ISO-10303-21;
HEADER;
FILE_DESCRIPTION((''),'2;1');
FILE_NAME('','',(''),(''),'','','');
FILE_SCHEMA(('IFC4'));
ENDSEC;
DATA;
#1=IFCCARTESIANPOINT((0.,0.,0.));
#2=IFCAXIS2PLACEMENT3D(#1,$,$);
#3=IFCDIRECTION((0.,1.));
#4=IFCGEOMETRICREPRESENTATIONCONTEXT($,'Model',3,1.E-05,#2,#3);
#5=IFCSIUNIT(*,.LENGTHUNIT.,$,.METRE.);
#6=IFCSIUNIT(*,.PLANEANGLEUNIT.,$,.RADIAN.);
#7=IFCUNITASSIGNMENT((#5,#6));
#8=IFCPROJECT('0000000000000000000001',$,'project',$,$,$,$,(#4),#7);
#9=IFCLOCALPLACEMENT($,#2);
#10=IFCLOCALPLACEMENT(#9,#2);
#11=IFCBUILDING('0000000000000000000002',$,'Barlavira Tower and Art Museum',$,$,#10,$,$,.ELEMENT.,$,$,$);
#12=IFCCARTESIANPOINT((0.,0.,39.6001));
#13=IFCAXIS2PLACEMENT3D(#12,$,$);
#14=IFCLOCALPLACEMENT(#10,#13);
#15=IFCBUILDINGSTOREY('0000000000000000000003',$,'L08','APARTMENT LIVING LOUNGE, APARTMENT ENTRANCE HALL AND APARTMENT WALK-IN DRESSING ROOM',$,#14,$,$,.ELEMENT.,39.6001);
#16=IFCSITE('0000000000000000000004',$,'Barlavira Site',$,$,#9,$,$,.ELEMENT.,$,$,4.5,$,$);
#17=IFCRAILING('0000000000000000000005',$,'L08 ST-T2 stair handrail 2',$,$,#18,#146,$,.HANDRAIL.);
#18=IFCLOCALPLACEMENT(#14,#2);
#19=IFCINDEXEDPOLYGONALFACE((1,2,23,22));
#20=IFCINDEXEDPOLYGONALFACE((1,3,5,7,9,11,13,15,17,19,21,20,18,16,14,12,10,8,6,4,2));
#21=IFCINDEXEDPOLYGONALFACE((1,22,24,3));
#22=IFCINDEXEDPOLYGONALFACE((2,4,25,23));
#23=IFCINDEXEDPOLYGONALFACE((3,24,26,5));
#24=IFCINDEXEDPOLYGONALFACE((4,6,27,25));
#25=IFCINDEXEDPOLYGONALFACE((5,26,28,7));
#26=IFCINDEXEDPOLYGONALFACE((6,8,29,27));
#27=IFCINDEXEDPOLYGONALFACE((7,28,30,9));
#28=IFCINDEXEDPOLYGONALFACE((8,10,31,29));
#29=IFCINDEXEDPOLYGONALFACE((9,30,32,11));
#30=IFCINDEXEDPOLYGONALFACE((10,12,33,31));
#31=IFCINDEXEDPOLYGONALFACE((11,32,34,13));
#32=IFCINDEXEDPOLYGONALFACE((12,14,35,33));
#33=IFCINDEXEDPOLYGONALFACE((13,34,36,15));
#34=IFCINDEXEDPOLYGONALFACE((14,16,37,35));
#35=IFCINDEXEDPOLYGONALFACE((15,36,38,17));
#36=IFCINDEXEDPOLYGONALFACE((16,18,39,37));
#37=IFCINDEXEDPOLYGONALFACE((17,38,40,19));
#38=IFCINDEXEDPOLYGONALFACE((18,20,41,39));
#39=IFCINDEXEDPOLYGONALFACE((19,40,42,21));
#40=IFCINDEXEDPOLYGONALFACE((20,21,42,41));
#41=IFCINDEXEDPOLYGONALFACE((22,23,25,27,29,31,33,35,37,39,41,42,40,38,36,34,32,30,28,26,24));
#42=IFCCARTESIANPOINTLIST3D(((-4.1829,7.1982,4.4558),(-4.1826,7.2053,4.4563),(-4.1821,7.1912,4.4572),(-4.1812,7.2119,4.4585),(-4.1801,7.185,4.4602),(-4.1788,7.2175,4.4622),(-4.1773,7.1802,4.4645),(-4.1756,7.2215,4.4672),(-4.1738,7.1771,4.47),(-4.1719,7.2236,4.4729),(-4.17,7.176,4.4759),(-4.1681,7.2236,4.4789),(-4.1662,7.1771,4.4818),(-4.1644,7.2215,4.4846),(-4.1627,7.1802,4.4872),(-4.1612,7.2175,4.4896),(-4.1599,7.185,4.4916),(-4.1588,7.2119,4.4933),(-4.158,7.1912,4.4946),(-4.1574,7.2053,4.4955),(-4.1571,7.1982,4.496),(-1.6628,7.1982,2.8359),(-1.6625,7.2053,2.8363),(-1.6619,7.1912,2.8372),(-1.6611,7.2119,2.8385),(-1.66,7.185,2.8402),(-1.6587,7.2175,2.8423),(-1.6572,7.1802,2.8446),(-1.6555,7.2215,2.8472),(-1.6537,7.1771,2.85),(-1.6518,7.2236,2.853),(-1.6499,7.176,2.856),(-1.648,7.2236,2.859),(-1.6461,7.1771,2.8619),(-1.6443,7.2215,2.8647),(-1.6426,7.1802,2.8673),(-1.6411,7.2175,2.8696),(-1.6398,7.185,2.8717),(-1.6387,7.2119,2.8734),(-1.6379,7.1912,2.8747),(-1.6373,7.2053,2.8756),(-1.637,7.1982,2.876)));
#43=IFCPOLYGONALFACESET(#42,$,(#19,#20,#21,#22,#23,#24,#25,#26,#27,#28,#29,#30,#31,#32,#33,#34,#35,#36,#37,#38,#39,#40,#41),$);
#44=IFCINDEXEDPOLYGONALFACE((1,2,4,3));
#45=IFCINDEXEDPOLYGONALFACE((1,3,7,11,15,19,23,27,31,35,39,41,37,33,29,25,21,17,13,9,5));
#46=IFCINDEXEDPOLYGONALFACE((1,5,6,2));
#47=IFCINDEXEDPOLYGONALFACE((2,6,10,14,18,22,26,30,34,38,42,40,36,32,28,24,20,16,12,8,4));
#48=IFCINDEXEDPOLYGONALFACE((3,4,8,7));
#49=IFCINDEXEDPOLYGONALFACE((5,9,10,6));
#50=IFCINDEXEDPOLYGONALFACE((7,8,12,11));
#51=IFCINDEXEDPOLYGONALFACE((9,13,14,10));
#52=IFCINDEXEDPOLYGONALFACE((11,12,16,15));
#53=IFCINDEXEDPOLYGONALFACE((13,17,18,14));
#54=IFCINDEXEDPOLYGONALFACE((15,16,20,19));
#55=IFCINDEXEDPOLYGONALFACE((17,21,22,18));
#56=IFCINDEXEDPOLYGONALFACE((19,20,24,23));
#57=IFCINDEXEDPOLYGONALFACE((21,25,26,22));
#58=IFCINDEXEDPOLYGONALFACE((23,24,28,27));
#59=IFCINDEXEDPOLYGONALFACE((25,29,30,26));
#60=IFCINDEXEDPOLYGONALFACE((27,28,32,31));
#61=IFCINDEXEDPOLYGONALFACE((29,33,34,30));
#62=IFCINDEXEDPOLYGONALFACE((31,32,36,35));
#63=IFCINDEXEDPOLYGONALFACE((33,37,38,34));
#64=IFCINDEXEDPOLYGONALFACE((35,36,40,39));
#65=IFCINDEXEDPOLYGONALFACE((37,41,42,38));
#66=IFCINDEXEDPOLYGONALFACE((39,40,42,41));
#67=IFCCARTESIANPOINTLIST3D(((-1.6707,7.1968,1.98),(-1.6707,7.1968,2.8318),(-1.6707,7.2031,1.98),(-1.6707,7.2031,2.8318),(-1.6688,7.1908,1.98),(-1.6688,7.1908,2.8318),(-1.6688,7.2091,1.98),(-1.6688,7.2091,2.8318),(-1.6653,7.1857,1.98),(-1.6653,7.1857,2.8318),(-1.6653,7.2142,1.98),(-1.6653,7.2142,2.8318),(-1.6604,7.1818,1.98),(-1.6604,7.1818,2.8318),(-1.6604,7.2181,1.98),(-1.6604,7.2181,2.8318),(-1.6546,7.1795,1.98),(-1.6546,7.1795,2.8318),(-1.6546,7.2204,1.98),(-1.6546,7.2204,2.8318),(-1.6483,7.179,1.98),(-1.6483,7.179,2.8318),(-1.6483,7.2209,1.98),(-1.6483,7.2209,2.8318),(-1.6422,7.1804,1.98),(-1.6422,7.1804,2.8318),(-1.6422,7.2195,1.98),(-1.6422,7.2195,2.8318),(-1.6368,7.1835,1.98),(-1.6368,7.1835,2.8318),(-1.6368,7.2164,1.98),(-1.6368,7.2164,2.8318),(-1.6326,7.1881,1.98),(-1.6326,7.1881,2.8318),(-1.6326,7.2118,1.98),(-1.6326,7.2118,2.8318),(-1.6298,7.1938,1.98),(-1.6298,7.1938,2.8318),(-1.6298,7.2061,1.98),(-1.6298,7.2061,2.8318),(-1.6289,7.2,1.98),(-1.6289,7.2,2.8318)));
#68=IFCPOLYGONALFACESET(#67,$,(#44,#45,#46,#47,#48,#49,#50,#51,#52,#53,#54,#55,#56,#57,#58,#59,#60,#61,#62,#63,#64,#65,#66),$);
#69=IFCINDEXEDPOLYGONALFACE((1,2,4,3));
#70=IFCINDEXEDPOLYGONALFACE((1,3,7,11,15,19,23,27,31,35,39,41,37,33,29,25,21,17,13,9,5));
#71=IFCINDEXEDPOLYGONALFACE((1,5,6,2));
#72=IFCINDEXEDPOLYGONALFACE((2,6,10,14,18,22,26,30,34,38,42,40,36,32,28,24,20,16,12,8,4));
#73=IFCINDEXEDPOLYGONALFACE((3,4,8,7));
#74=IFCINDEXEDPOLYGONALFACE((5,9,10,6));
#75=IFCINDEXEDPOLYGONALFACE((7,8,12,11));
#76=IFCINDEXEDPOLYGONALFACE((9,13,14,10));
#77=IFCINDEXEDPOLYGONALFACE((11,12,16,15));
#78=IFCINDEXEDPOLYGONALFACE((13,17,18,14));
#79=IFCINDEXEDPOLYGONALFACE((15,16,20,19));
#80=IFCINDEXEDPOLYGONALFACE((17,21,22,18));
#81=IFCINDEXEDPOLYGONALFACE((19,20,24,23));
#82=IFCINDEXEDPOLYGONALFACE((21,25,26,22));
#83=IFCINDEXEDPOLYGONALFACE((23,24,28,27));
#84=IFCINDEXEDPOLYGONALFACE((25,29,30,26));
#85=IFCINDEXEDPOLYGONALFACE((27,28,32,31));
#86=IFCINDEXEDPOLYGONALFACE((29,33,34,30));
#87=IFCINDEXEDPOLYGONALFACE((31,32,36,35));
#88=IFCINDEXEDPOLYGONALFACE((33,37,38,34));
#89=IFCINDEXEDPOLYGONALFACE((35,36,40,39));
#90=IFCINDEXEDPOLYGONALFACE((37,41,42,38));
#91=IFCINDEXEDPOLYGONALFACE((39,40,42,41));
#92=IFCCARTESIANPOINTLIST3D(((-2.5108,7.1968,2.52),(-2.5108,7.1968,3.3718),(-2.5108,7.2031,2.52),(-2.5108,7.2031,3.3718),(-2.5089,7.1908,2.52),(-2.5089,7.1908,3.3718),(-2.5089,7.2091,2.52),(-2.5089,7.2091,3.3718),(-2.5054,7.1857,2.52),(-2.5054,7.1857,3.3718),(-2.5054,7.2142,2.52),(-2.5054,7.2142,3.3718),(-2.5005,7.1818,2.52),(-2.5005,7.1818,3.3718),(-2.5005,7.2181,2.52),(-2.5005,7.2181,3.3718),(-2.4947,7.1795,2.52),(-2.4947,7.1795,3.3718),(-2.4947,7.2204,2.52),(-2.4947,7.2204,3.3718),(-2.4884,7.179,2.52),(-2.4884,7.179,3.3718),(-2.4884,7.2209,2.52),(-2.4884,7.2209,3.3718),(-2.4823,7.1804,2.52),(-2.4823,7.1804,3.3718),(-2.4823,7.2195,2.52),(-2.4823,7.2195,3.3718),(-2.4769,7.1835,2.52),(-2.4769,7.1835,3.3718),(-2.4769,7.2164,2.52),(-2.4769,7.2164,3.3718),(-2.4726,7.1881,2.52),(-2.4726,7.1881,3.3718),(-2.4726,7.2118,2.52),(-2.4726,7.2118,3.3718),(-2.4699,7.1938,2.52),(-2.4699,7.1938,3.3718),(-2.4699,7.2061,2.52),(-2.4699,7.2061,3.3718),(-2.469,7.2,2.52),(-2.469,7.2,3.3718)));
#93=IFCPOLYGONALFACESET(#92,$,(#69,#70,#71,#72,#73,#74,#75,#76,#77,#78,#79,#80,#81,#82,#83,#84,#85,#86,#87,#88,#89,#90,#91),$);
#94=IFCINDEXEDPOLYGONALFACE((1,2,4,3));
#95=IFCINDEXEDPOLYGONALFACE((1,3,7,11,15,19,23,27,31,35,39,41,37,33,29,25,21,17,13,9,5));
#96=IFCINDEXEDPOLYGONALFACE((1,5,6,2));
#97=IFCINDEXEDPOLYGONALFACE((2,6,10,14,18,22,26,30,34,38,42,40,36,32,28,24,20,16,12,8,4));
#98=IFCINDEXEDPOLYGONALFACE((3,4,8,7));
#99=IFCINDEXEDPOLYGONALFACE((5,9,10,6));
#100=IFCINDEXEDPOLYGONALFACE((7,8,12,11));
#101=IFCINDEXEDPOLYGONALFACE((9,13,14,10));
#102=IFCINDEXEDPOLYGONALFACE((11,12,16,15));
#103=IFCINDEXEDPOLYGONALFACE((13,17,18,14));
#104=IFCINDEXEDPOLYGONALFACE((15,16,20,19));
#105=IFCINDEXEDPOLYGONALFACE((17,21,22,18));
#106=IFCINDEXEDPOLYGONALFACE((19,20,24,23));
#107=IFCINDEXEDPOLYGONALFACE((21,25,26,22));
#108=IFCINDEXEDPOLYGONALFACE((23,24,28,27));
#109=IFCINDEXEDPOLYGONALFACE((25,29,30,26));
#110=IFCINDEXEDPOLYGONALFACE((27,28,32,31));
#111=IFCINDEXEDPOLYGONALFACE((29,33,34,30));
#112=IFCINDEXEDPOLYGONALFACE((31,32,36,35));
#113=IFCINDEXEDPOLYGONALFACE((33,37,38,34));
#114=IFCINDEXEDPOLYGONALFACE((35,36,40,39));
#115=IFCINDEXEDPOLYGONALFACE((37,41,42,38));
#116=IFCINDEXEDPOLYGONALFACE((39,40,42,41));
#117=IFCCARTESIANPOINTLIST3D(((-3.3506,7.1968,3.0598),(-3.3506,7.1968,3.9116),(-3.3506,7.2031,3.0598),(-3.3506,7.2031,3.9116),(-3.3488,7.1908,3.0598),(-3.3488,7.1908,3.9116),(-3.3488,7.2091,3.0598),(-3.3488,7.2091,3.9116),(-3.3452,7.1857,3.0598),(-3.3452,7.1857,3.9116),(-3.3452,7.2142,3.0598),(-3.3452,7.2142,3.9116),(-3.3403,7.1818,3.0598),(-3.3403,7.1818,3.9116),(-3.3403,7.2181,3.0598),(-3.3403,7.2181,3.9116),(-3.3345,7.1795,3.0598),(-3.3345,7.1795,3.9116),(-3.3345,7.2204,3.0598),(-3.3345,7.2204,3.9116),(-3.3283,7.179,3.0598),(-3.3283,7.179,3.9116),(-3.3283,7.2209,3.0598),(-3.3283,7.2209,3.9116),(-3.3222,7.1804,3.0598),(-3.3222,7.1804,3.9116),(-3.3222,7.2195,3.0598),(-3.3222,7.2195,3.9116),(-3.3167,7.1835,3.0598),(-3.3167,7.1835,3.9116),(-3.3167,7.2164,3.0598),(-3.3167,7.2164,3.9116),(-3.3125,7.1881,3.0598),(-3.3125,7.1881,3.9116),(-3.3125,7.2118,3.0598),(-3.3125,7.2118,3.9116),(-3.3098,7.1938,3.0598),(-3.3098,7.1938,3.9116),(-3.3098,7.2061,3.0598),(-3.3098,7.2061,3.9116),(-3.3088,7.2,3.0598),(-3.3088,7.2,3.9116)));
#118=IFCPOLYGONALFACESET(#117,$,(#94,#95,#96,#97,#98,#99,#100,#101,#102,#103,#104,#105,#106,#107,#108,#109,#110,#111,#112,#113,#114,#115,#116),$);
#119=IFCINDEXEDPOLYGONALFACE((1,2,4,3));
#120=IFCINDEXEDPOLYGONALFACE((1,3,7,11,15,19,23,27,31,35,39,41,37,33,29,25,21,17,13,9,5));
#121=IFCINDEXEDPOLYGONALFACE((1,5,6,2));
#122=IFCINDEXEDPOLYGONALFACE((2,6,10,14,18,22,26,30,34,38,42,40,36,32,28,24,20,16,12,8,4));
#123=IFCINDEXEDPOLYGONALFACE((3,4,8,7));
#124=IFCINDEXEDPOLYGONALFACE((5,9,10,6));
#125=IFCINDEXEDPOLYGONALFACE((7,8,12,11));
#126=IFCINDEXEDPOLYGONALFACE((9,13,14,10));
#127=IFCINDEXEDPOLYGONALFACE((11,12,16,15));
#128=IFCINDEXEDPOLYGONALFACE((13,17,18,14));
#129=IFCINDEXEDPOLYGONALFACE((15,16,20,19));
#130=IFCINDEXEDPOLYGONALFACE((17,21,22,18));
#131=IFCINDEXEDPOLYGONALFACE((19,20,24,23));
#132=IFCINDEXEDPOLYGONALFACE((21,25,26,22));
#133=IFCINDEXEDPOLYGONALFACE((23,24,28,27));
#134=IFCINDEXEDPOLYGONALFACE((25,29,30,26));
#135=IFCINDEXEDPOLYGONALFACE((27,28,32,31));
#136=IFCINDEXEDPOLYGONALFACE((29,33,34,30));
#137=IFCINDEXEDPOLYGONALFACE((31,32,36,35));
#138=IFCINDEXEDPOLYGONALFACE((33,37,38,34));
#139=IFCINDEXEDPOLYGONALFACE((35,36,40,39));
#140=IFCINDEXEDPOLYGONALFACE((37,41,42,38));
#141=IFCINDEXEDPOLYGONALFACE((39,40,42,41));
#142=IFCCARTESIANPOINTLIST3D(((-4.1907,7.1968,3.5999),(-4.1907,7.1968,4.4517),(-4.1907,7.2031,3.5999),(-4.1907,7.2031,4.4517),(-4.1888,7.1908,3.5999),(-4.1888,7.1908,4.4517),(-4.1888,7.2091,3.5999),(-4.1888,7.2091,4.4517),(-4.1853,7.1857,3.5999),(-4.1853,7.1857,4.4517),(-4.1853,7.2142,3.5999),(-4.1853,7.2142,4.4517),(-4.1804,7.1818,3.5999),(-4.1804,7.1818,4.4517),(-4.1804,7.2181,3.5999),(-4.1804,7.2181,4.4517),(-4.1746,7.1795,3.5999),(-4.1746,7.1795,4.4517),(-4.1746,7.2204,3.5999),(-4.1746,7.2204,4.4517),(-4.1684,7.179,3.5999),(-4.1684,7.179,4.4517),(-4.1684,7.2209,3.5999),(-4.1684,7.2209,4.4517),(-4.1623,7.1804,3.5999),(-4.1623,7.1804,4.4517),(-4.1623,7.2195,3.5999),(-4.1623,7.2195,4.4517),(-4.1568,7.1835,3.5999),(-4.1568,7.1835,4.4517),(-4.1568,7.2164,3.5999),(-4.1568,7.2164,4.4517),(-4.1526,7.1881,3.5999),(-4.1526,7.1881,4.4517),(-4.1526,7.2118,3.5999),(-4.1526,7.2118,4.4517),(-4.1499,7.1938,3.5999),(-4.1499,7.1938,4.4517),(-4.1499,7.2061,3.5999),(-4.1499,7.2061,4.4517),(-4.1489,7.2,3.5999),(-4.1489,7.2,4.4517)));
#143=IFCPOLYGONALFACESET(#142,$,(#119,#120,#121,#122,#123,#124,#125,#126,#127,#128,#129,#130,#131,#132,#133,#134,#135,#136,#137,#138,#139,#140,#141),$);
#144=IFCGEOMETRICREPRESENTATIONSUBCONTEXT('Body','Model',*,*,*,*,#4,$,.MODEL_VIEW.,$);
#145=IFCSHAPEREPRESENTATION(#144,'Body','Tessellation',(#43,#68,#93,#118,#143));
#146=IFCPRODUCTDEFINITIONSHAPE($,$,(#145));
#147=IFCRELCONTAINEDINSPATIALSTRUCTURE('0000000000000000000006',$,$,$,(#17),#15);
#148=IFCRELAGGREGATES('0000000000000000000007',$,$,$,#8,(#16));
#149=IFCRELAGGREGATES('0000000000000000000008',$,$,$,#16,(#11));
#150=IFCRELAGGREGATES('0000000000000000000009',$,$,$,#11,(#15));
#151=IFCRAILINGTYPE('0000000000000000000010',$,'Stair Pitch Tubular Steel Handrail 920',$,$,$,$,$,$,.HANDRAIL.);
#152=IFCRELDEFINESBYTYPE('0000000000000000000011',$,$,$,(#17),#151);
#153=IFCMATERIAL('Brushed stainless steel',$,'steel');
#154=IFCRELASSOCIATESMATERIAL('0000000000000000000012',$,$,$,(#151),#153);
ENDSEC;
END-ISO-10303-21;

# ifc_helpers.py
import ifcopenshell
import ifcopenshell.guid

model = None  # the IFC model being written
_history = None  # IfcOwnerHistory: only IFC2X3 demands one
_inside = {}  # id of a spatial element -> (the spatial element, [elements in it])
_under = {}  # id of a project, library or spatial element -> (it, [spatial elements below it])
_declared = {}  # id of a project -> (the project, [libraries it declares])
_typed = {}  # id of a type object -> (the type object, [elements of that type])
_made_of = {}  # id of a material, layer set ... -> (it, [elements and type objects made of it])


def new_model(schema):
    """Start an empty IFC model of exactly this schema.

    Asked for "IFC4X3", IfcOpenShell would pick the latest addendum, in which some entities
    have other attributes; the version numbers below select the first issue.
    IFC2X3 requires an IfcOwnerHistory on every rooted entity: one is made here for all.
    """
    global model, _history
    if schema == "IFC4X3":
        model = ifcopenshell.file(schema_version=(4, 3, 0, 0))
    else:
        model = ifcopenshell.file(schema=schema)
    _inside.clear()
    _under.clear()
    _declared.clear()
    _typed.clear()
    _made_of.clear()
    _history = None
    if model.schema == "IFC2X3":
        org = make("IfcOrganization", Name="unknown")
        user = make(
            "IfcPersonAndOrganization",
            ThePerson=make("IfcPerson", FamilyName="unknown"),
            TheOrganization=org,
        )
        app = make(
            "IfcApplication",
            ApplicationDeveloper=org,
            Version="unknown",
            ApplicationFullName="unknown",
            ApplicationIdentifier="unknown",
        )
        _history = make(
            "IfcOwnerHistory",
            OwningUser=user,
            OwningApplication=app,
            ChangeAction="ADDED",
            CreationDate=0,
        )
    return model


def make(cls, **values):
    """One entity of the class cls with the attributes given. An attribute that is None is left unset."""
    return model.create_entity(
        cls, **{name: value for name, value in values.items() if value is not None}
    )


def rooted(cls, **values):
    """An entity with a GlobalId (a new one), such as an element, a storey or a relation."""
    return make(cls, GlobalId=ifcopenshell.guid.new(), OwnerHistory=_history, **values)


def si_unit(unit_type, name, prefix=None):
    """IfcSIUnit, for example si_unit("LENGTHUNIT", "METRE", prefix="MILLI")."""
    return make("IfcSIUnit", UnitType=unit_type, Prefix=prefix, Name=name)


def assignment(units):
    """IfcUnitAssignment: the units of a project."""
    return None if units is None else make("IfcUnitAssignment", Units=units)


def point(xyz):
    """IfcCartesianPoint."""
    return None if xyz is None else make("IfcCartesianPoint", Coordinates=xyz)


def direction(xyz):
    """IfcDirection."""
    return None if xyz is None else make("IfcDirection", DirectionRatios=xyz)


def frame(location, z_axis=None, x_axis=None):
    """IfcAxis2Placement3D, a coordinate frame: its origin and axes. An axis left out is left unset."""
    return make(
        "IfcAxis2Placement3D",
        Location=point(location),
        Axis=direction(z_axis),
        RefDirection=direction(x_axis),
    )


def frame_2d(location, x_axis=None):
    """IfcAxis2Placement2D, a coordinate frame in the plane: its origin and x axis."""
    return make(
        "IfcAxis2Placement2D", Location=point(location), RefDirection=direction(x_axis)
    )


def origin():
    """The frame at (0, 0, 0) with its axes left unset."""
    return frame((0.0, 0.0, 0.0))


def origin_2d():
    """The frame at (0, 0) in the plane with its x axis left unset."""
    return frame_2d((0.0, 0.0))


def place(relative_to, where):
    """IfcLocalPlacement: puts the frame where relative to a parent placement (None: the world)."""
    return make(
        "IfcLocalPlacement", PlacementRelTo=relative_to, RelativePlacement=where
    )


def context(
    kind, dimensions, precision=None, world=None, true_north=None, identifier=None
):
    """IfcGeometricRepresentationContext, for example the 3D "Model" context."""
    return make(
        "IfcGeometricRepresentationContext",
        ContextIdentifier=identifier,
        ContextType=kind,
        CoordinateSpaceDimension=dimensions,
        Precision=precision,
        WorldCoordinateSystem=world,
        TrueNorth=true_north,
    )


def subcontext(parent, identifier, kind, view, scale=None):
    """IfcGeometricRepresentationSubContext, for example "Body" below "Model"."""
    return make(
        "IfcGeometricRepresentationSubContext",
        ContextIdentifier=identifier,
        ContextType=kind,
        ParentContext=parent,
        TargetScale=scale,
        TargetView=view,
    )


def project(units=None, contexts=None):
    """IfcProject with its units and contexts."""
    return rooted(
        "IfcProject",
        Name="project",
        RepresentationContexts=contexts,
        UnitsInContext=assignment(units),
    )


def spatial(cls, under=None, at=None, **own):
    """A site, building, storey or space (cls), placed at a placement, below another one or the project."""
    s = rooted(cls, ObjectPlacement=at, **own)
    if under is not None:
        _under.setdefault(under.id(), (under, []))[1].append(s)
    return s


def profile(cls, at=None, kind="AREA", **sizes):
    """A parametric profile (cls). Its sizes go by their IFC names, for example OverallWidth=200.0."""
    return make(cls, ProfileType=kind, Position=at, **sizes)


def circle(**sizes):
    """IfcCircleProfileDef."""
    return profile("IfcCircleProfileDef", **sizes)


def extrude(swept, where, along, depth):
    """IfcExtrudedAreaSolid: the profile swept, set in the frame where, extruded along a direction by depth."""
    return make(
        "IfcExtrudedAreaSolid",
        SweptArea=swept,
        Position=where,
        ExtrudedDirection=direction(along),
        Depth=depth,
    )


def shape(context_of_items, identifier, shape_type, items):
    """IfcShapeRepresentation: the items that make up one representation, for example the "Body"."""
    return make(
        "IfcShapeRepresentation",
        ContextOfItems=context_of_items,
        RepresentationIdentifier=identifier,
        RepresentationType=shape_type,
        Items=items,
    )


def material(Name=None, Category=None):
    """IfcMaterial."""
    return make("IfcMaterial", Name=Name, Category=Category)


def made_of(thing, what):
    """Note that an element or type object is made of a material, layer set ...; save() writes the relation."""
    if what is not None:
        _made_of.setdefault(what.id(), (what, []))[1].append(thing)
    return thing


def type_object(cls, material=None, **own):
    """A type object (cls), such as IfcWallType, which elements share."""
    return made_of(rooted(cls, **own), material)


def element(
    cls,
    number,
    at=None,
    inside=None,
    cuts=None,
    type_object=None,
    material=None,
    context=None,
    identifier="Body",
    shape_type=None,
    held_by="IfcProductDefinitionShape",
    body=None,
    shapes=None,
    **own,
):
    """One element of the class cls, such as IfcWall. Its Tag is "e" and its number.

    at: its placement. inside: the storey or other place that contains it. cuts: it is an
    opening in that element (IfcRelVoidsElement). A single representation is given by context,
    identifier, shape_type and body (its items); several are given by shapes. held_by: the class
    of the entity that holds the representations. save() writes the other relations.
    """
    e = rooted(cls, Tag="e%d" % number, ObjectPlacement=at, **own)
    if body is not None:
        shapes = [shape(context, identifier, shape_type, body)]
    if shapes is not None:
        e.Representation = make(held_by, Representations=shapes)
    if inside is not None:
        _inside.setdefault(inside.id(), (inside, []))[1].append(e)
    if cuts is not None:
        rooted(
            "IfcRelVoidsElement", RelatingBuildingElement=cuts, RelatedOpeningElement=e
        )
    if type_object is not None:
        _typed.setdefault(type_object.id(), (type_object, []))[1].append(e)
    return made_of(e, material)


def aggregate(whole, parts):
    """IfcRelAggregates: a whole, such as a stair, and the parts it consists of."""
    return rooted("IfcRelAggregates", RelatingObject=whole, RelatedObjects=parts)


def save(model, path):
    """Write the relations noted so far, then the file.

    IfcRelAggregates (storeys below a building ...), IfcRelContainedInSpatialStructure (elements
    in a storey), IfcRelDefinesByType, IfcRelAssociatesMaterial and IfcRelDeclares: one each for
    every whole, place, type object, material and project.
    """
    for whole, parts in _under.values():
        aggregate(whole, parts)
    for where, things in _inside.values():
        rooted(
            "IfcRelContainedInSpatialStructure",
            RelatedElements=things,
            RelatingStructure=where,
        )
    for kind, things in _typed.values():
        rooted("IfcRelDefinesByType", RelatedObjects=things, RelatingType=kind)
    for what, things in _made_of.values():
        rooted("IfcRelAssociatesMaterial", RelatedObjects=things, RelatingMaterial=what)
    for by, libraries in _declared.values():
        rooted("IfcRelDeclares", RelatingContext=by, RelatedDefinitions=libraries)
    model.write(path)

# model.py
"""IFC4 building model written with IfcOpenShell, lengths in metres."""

from ifc_helpers import new_model, si_unit, direction, frame, origin, origin_2d, place, context, subcontext, project, spatial, circle, extrude, material, type_object, element, save


model = new_model("IFC4")

# Units and contexts
model_context = context("Model", 3, precision=1e-05, world=origin(), true_north=direction((0.0, 1.0)))
body_context = subcontext(model_context, "Body", "Model", "MODEL_VIEW")
ifc_project = project(units=[si_unit("LENGTHUNIT", "METRE"), si_unit("PLANEANGLEUNIT", "RADIAN")], contexts=[model_context])

# Site, building, storey
site_placement = place(None, origin())
site = spatial("IfcSite", under=ifc_project, at=site_placement, Name="Barlavira Site", CompositionType="ELEMENT", RefElevation=4.5)
building_placement = place(site_placement, origin())
building = spatial("IfcBuilding", under=site, at=building_placement, Name="Barlavira Tower and Art Museum", CompositionType="ELEMENT")
storey_placement = place(building_placement, frame((0.0, 0.0, 39.6001)))
storey = spatial("IfcBuildingStorey", under=building, at=storey_placement, Name="L08", Description="APARTMENT LIVING LOUNGE, APARTMENT ENTRANCE HALL AND APARTMENT WALK-IN DRESSING ROOM", CompositionType="ELEMENT", Elevation=39.6001)

# Shared definitions
ifc_material_1 = material(Name="Brushed stainless steel", Category="steel")

# Railing
railing_type_1 = type_object("IfcRailingType", Name="Stair Pitch Tubular Steel Handrail 920", PredefinedType="HANDRAIL", material=ifc_material_1)
railing_1_placement = place(storey_placement, frame((-1.6499, 7.2, 1.98)))
element("IfcRailing", 1, at=railing_1_placement, inside=storey, type_object=railing_type_1, Name="L08 ST-T2 stair handrail 2", PredefinedType="HANDRAIL", context=body_context, shape_type="SweptSolid", body=[
    extrude(circle(Radius=0.0239, at=origin_2d()), frame((0.0, 0.0, 0.876), z_axis=(-0.8412, 0.0, 0.540725), x_axis=(0.0, -1.0, 0.0)), (0.0, 0.0, 1.0), 2.9958),
    extrude(circle(Radius=0.021, at=origin_2d()), origin(), (0.0, 0.0, 1.0), 0.8518),
    extrude(circle(Radius=0.021, at=origin_2d()), frame((-0.8401, 0.0, 0.54)), (0.0, 0.0, 1.0), 0.8518),
    extrude(circle(Radius=0.021, at=origin_2d()), frame((-1.6799, 0.0, 1.0798)), (0.0, 0.0, 1.0), 0.8518),
    extrude(circle(Radius=0.021, at=origin_2d()), frame((-2.52, 0.0, 1.6199)), (0.0, 0.0, 1.0), 0.8518),
])

save(model, "model.ifc")
